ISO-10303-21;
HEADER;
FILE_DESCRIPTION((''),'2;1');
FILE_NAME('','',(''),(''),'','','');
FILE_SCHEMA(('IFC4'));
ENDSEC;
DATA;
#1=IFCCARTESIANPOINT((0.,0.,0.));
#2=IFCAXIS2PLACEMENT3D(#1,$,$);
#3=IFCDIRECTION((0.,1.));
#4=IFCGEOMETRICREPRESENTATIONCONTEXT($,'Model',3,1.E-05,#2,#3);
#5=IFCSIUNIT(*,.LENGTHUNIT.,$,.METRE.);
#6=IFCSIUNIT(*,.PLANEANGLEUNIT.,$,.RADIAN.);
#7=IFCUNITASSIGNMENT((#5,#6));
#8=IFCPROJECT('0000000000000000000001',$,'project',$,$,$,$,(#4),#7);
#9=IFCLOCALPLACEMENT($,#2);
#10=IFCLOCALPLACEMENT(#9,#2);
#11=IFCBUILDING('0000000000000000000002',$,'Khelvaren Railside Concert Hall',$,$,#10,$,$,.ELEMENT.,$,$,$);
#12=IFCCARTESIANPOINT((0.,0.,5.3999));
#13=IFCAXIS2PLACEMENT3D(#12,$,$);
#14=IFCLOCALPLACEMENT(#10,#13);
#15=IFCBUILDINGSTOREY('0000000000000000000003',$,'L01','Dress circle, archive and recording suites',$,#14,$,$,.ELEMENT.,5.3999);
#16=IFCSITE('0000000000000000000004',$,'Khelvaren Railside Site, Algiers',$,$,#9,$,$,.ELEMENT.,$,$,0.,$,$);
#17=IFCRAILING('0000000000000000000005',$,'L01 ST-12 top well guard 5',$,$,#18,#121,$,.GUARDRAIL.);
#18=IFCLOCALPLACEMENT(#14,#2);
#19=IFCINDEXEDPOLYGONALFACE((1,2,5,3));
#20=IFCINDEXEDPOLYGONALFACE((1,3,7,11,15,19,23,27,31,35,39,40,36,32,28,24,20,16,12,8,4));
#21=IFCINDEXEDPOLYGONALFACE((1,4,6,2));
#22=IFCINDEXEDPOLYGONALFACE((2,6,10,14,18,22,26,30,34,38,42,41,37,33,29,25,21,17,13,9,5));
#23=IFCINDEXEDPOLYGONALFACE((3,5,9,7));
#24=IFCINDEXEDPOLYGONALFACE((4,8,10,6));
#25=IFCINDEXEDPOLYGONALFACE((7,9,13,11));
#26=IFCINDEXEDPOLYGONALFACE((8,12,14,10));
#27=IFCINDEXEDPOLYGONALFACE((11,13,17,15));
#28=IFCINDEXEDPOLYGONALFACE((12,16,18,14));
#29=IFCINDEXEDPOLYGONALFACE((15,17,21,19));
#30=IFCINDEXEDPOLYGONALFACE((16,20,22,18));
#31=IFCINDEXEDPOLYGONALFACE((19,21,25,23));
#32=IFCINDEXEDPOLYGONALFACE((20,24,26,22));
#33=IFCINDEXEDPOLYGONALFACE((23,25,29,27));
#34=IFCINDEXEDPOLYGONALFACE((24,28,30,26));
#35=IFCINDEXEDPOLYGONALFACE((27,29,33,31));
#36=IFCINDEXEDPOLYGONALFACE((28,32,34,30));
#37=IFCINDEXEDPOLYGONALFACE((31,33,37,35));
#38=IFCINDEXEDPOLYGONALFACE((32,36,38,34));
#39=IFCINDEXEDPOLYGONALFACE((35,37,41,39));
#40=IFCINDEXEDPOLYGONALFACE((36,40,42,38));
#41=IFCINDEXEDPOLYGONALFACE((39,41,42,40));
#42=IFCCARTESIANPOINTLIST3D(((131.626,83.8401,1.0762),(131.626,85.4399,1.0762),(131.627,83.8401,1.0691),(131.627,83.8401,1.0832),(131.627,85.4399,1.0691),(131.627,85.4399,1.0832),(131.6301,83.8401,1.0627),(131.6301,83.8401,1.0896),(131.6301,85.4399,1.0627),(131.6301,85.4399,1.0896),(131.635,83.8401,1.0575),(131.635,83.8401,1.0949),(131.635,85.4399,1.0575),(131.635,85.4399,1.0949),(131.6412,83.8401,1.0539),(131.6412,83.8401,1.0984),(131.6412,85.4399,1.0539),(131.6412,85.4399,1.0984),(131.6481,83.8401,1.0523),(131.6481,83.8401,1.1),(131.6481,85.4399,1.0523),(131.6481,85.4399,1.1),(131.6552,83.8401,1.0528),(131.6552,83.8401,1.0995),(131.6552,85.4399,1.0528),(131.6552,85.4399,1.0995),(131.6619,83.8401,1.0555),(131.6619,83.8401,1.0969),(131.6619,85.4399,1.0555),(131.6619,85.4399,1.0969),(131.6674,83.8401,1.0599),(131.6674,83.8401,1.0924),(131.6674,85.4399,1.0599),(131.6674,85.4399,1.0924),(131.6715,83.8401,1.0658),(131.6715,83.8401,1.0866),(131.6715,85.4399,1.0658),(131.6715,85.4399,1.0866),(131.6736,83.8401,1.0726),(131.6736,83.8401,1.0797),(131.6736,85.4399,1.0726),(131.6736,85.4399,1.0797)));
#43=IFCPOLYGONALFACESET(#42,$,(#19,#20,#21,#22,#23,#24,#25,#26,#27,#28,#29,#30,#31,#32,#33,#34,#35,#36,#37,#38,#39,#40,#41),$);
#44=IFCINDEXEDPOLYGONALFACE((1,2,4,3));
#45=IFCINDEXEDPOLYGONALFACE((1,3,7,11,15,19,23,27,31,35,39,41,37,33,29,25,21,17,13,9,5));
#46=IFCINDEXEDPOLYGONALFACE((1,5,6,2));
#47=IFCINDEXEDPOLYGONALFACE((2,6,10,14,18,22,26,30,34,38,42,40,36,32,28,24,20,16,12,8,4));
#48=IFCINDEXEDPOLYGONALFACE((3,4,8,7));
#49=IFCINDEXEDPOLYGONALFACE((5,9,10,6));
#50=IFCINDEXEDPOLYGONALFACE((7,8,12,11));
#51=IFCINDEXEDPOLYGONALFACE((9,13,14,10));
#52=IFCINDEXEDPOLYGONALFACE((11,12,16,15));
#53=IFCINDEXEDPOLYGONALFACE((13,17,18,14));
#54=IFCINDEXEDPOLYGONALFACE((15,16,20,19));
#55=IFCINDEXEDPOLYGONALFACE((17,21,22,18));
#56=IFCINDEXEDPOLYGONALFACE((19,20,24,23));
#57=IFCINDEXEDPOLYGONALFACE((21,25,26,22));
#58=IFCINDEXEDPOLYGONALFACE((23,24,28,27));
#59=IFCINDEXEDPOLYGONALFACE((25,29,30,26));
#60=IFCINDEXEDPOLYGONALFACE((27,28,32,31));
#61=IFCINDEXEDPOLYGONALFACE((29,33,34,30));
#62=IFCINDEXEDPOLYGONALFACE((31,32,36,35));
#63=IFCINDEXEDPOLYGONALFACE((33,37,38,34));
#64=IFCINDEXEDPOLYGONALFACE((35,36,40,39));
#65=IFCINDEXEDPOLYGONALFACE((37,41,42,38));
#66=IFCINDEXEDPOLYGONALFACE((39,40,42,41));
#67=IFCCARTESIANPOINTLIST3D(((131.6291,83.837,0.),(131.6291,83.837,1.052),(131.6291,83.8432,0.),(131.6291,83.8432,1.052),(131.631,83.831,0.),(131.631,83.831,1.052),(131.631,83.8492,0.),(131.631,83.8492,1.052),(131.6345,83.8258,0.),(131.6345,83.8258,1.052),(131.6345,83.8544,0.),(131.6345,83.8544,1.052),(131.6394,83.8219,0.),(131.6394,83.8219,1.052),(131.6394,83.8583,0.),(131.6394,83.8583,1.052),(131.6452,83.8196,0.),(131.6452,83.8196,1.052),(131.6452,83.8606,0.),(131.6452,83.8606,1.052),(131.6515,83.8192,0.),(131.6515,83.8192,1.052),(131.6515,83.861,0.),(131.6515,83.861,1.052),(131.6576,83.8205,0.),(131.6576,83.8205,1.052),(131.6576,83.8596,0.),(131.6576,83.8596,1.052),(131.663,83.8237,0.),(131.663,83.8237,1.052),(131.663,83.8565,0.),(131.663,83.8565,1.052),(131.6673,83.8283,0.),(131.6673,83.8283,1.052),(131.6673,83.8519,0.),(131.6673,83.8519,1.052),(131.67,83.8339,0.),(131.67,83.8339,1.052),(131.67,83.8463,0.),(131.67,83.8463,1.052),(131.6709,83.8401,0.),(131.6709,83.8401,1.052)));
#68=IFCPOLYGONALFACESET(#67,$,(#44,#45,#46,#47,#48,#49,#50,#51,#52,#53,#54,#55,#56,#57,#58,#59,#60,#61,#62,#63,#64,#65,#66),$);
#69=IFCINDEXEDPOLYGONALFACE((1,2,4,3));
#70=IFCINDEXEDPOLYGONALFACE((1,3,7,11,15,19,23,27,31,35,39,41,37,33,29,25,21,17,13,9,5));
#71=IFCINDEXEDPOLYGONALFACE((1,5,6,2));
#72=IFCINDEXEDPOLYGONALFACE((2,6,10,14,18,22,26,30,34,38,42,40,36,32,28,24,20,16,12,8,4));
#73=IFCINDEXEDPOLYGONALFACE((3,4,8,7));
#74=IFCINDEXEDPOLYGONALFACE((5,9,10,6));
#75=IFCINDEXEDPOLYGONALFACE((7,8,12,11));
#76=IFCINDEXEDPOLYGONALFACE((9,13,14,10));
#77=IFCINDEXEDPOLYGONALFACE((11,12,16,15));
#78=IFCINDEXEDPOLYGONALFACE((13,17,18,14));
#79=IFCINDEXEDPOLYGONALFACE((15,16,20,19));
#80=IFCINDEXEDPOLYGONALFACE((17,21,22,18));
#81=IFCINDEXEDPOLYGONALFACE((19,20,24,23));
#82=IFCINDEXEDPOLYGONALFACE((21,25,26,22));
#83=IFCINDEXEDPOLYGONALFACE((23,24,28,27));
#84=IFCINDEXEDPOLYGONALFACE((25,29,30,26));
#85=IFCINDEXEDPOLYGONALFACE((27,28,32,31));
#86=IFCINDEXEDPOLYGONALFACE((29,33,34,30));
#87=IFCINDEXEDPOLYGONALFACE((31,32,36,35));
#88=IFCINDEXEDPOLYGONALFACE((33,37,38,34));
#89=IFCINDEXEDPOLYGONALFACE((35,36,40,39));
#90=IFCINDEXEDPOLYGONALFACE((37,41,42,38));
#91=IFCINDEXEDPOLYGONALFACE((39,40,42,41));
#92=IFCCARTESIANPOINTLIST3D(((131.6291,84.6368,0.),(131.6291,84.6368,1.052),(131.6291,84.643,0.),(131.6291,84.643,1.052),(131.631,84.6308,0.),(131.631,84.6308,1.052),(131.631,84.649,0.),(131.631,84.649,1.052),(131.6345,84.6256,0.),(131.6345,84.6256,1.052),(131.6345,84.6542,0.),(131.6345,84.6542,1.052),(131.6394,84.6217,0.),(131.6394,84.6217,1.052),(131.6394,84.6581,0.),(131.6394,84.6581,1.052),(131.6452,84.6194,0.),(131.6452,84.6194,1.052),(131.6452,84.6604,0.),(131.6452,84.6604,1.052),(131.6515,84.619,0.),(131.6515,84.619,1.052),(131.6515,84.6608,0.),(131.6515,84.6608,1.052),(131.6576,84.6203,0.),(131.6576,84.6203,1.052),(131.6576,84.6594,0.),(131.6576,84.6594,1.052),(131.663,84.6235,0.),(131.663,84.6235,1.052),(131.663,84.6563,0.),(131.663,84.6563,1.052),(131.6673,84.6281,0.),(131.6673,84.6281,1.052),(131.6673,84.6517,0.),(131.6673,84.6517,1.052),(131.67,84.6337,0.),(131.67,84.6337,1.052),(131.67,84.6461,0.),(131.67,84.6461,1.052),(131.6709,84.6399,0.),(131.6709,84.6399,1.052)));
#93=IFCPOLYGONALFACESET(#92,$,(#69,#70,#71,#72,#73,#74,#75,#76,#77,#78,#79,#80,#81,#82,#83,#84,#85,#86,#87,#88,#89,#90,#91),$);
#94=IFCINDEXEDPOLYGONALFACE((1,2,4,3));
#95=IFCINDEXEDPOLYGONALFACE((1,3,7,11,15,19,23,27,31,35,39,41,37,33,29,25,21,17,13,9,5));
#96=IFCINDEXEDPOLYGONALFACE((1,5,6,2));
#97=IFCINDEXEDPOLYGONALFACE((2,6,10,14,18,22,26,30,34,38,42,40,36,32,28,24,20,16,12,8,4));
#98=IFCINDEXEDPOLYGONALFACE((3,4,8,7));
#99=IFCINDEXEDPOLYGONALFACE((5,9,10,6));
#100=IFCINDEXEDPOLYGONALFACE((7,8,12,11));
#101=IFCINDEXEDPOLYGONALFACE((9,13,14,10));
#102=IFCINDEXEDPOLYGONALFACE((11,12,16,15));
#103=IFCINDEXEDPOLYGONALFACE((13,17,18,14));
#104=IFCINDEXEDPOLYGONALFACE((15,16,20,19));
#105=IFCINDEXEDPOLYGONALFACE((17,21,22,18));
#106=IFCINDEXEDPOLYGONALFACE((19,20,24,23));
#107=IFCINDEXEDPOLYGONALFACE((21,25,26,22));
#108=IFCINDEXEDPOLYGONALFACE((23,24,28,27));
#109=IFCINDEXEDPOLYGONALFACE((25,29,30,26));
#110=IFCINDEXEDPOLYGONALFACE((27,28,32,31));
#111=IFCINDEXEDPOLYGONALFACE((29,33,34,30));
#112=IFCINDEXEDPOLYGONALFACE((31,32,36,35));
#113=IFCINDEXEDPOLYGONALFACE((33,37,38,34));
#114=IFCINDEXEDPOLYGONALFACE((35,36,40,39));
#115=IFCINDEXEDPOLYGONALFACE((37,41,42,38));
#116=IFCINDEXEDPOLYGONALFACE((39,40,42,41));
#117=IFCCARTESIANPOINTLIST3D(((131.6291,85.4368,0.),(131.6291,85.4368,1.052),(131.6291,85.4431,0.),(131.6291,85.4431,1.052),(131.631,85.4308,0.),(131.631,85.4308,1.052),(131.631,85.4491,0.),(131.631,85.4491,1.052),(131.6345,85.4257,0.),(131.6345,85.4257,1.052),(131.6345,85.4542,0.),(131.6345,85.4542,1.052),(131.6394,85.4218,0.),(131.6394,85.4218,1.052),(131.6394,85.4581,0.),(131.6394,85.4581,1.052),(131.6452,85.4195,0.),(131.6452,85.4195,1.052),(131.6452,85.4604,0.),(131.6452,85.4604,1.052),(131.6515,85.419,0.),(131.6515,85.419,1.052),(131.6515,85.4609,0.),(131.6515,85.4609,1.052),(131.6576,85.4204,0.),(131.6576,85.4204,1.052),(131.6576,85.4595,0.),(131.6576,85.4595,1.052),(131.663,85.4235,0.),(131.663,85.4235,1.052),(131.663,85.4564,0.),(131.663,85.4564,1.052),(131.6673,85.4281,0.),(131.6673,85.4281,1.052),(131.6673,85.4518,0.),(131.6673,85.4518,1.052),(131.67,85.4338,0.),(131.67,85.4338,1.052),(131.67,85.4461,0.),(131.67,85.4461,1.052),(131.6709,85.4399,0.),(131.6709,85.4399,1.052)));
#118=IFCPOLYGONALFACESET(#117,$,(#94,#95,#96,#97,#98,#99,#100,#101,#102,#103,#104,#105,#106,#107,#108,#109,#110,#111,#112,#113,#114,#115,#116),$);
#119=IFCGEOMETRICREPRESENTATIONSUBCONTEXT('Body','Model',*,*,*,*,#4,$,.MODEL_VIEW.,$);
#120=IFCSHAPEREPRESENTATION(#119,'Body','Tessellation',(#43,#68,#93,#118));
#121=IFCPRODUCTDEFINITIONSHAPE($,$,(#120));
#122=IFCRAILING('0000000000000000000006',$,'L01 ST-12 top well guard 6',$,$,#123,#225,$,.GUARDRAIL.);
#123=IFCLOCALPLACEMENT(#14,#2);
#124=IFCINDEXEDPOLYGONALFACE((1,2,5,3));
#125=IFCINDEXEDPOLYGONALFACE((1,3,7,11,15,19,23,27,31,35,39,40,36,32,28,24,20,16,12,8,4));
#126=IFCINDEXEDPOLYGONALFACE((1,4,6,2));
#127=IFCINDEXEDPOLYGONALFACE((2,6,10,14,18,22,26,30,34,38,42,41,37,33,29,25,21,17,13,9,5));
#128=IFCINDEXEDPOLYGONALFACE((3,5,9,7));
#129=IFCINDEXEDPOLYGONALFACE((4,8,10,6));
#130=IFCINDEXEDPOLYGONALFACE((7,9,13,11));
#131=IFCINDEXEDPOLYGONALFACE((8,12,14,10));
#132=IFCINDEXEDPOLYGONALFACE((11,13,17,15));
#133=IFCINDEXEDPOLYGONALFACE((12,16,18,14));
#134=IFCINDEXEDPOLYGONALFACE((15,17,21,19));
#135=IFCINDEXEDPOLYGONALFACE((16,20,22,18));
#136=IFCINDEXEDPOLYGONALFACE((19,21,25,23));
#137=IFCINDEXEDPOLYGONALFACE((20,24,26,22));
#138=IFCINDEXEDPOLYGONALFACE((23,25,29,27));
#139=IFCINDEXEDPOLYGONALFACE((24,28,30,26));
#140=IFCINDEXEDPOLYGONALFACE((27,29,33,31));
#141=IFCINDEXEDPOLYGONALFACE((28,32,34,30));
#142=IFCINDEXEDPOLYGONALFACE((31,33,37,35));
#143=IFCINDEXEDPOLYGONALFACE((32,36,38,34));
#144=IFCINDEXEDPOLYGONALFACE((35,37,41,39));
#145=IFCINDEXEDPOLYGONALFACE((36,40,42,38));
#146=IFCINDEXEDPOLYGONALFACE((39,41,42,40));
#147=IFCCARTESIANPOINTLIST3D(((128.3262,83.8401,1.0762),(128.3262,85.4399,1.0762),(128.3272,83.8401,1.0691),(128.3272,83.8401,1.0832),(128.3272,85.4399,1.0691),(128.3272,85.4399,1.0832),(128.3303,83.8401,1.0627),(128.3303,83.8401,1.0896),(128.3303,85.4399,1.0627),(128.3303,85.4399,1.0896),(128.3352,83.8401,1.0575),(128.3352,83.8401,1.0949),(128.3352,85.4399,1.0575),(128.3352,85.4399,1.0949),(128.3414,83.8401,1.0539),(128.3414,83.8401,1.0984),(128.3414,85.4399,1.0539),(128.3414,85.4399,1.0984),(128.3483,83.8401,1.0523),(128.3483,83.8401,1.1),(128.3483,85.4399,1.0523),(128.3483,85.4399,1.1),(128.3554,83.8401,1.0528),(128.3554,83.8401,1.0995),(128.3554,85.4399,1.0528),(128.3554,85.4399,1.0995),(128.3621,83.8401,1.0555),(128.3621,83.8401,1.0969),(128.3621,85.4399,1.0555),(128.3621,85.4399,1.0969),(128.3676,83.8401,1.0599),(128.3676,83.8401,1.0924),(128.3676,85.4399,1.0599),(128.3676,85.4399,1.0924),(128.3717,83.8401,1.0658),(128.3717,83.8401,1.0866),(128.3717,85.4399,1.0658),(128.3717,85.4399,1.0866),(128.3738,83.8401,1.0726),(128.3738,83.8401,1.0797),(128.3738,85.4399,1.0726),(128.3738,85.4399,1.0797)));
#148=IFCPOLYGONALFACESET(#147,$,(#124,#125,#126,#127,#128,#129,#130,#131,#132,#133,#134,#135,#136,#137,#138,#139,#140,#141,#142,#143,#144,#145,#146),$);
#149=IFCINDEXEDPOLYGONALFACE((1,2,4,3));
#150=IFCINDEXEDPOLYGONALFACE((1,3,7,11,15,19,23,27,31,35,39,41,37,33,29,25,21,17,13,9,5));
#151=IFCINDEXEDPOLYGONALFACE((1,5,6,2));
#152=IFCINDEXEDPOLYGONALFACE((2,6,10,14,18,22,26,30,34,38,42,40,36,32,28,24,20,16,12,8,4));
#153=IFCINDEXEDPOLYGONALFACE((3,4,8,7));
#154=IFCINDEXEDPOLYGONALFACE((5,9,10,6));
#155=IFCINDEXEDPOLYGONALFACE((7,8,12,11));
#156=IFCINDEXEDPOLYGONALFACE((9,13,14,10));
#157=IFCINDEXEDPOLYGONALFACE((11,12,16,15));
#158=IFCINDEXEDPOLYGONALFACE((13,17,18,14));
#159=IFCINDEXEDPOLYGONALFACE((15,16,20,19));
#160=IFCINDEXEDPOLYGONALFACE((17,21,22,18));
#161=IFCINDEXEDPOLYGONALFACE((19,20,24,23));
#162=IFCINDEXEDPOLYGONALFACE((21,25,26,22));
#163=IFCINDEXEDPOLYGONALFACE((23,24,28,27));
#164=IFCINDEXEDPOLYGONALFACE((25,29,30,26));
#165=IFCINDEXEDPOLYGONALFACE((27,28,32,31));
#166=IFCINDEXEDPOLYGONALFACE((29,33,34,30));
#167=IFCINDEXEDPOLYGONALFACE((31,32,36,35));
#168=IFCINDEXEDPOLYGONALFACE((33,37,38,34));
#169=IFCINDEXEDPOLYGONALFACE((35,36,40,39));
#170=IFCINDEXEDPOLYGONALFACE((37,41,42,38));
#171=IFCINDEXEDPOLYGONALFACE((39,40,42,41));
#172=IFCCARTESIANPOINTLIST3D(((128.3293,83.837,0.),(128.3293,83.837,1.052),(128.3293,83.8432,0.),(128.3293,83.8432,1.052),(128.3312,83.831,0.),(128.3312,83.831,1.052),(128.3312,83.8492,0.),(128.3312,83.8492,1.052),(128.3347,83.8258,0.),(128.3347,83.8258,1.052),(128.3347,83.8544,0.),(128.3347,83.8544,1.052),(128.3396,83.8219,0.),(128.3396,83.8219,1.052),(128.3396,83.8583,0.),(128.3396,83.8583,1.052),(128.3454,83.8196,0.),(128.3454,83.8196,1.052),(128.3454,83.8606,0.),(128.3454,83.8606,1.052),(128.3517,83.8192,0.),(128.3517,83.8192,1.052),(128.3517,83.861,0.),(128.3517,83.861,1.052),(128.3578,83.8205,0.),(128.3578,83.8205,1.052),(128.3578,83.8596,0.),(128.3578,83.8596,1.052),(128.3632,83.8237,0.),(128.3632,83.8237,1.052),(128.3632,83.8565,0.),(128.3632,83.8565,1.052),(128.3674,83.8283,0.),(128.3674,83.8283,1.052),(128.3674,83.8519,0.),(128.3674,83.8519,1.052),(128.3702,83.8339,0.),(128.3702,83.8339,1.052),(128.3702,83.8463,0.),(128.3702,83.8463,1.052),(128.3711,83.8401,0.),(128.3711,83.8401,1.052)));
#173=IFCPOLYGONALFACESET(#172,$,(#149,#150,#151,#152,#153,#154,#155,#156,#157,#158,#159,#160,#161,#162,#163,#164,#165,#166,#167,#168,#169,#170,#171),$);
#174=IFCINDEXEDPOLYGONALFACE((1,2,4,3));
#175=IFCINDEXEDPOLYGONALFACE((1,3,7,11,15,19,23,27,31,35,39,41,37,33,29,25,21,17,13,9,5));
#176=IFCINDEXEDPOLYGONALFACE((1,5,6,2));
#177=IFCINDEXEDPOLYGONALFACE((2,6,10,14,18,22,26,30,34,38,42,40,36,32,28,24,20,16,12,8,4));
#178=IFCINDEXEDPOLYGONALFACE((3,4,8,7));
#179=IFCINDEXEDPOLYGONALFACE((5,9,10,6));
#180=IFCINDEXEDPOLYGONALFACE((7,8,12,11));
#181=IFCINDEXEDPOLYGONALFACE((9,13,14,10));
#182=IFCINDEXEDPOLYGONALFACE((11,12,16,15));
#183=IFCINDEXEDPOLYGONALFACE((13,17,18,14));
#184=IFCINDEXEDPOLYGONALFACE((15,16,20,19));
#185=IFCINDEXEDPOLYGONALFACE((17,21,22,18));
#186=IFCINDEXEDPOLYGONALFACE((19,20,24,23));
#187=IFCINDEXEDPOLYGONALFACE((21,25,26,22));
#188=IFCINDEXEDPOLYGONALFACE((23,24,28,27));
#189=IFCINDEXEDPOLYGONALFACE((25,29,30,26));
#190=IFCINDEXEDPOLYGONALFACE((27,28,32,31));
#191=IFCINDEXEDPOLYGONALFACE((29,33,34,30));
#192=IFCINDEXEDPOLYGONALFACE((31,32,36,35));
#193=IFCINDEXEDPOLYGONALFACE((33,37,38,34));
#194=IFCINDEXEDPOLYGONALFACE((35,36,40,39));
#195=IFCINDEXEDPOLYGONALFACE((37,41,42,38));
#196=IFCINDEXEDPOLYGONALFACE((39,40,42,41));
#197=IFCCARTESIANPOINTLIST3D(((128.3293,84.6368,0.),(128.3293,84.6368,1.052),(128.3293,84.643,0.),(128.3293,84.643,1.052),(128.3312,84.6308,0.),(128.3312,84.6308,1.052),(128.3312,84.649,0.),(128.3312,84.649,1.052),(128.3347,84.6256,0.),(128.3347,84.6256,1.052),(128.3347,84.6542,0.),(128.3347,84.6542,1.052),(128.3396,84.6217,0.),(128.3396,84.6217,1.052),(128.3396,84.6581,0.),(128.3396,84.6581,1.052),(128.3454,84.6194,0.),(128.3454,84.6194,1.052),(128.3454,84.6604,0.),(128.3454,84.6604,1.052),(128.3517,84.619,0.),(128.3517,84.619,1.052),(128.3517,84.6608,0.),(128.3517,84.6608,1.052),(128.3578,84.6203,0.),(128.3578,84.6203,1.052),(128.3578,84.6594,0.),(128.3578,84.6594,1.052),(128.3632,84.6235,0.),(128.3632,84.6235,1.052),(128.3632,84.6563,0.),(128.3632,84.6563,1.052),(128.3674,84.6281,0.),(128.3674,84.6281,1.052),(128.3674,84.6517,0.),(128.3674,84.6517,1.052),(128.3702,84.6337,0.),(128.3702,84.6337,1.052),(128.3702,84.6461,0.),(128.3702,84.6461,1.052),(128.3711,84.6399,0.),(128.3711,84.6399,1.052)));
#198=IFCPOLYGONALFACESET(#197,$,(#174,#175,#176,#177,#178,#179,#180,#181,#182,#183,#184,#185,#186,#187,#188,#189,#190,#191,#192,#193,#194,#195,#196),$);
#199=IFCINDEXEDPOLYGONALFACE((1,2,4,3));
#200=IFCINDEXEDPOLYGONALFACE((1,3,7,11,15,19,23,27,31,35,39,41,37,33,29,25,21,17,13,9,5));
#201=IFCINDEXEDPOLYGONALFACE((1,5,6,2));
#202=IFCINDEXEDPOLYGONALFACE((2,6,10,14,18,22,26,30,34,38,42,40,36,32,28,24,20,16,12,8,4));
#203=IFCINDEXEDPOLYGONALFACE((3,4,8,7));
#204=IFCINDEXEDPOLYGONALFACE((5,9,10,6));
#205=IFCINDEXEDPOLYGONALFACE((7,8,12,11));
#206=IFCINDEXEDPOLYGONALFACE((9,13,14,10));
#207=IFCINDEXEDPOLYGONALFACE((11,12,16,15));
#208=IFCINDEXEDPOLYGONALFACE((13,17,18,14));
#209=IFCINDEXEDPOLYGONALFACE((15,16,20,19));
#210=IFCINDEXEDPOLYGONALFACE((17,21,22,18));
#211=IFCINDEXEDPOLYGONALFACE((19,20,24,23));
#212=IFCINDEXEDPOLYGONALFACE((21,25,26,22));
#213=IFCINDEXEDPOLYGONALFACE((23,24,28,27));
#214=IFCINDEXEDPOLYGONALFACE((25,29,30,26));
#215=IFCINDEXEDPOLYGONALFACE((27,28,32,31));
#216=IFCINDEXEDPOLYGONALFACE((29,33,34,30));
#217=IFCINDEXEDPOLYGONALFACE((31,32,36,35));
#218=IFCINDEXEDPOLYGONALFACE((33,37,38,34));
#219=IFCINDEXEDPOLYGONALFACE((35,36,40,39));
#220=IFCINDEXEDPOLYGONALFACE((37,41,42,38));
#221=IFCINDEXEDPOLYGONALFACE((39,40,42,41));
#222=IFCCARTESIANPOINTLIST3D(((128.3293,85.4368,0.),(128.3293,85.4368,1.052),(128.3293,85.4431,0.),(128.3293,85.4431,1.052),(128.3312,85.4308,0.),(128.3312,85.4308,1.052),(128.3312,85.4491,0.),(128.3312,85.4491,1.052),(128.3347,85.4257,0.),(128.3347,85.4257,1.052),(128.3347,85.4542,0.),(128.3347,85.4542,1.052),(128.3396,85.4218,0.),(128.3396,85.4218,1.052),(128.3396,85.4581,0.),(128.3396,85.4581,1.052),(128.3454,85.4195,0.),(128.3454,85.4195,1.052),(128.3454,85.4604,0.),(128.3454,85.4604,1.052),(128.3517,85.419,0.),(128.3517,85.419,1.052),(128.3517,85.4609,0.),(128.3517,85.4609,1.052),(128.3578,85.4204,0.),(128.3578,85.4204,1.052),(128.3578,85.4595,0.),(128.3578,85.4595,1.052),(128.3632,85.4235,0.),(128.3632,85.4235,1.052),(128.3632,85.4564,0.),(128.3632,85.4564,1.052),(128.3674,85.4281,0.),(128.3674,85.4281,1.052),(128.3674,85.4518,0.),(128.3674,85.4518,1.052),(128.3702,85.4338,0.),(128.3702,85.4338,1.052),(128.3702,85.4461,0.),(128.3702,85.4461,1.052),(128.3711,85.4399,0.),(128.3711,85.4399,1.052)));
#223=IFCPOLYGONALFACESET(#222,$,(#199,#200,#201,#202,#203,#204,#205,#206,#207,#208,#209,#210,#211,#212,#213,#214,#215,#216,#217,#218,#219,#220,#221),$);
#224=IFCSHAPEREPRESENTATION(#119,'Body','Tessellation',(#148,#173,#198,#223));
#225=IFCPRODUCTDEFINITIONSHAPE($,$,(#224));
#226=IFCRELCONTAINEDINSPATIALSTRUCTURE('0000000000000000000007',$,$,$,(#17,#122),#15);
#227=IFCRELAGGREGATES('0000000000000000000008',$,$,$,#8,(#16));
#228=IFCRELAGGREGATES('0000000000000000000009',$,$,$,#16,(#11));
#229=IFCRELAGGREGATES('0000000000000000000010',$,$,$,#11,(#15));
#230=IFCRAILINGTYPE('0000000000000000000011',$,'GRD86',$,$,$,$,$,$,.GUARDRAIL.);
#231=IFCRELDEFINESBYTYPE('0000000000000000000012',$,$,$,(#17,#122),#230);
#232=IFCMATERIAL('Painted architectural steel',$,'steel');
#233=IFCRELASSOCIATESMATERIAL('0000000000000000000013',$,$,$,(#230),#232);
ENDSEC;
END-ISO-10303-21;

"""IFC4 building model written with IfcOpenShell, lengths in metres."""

from ifc_helpers import new_model, si_unit, direction, frame, origin, origin_2d, place, context, subcontext, project, spatial, circle, extrude, material, type_object, element, save


model = new_model("IFC4")

# Units and contexts
model_context = context("Model", 3, precision=1e-05, world=origin(), true_north=direction((0.0, 1.0)))
body_context = subcontext(model_context, "Body", "Model", "MODEL_VIEW")
ifc_project = project(units=[si_unit("LENGTHUNIT", "METRE"), si_unit("PLANEANGLEUNIT", "RADIAN")], contexts=[model_context])

# Site, building, storey
site_placement = place(None, origin())
site = spatial("IfcSite", under=ifc_project, at=site_placement, Name="Khelvaren Railside Site, Algiers", CompositionType="ELEMENT", RefElevation=0.0)
building_placement = place(site_placement, origin())
building = spatial("IfcBuilding", under=site, at=building_placement, Name="Khelvaren Railside Concert Hall", CompositionType="ELEMENT")
storey_placement = place(building_placement, frame((0.0, 0.0, 5.3999)))
storey = spatial("IfcBuildingStorey", under=building, at=storey_placement, Name="L01", Description="Dress circle, archive and recording suites", CompositionType="ELEMENT", Elevation=5.3999)

# Railings
ifc_material_1 = material(Name="Painted architectural steel", Category="steel")
railing_type = type_object("IfcRailingType", Name="GRD86", PredefinedType="GUARDRAIL", material=ifc_material_1)
for number, where, name in (
    (1, (131.6499, 83.8401, 0.0), "L01 ST-12 top well guard 5"),
    (2, (128.3501, 83.8401, 0.0), "L01 ST-12 top well guard 6"),
):
    element("IfcRailing", number, at=place(storey_placement, frame(where)), inside=storey, type_object=railing_type, Name=name, PredefinedType="GUARDRAIL", context=body_context, shape_type="SweptSolid", body=[
        extrude(circle(Radius=0.0239, at=origin_2d()), frame((0.0, 0.0, 1.0762), z_axis=(0.0, 1.0, 0.0), x_axis=(-1.0, 0.0, 0.0)), (0.0, 0.0, 1.0), 1.5999),
        extrude(circle(Radius=0.021, at=origin_2d()), origin(), (0.0, 0.0, 1.0), 1.052),
        extrude(circle(Radius=0.021, at=origin_2d()), frame((0.0, 0.7998, 0.0)), (0.0, 0.0, 1.0), 1.052),
        extrude(circle(Radius=0.021, at=origin_2d()), frame((0.0, 1.5999, 0.0)), (0.0, 0.0, 1.0), 1.052),
    ])

save(model, "model.ifc")
